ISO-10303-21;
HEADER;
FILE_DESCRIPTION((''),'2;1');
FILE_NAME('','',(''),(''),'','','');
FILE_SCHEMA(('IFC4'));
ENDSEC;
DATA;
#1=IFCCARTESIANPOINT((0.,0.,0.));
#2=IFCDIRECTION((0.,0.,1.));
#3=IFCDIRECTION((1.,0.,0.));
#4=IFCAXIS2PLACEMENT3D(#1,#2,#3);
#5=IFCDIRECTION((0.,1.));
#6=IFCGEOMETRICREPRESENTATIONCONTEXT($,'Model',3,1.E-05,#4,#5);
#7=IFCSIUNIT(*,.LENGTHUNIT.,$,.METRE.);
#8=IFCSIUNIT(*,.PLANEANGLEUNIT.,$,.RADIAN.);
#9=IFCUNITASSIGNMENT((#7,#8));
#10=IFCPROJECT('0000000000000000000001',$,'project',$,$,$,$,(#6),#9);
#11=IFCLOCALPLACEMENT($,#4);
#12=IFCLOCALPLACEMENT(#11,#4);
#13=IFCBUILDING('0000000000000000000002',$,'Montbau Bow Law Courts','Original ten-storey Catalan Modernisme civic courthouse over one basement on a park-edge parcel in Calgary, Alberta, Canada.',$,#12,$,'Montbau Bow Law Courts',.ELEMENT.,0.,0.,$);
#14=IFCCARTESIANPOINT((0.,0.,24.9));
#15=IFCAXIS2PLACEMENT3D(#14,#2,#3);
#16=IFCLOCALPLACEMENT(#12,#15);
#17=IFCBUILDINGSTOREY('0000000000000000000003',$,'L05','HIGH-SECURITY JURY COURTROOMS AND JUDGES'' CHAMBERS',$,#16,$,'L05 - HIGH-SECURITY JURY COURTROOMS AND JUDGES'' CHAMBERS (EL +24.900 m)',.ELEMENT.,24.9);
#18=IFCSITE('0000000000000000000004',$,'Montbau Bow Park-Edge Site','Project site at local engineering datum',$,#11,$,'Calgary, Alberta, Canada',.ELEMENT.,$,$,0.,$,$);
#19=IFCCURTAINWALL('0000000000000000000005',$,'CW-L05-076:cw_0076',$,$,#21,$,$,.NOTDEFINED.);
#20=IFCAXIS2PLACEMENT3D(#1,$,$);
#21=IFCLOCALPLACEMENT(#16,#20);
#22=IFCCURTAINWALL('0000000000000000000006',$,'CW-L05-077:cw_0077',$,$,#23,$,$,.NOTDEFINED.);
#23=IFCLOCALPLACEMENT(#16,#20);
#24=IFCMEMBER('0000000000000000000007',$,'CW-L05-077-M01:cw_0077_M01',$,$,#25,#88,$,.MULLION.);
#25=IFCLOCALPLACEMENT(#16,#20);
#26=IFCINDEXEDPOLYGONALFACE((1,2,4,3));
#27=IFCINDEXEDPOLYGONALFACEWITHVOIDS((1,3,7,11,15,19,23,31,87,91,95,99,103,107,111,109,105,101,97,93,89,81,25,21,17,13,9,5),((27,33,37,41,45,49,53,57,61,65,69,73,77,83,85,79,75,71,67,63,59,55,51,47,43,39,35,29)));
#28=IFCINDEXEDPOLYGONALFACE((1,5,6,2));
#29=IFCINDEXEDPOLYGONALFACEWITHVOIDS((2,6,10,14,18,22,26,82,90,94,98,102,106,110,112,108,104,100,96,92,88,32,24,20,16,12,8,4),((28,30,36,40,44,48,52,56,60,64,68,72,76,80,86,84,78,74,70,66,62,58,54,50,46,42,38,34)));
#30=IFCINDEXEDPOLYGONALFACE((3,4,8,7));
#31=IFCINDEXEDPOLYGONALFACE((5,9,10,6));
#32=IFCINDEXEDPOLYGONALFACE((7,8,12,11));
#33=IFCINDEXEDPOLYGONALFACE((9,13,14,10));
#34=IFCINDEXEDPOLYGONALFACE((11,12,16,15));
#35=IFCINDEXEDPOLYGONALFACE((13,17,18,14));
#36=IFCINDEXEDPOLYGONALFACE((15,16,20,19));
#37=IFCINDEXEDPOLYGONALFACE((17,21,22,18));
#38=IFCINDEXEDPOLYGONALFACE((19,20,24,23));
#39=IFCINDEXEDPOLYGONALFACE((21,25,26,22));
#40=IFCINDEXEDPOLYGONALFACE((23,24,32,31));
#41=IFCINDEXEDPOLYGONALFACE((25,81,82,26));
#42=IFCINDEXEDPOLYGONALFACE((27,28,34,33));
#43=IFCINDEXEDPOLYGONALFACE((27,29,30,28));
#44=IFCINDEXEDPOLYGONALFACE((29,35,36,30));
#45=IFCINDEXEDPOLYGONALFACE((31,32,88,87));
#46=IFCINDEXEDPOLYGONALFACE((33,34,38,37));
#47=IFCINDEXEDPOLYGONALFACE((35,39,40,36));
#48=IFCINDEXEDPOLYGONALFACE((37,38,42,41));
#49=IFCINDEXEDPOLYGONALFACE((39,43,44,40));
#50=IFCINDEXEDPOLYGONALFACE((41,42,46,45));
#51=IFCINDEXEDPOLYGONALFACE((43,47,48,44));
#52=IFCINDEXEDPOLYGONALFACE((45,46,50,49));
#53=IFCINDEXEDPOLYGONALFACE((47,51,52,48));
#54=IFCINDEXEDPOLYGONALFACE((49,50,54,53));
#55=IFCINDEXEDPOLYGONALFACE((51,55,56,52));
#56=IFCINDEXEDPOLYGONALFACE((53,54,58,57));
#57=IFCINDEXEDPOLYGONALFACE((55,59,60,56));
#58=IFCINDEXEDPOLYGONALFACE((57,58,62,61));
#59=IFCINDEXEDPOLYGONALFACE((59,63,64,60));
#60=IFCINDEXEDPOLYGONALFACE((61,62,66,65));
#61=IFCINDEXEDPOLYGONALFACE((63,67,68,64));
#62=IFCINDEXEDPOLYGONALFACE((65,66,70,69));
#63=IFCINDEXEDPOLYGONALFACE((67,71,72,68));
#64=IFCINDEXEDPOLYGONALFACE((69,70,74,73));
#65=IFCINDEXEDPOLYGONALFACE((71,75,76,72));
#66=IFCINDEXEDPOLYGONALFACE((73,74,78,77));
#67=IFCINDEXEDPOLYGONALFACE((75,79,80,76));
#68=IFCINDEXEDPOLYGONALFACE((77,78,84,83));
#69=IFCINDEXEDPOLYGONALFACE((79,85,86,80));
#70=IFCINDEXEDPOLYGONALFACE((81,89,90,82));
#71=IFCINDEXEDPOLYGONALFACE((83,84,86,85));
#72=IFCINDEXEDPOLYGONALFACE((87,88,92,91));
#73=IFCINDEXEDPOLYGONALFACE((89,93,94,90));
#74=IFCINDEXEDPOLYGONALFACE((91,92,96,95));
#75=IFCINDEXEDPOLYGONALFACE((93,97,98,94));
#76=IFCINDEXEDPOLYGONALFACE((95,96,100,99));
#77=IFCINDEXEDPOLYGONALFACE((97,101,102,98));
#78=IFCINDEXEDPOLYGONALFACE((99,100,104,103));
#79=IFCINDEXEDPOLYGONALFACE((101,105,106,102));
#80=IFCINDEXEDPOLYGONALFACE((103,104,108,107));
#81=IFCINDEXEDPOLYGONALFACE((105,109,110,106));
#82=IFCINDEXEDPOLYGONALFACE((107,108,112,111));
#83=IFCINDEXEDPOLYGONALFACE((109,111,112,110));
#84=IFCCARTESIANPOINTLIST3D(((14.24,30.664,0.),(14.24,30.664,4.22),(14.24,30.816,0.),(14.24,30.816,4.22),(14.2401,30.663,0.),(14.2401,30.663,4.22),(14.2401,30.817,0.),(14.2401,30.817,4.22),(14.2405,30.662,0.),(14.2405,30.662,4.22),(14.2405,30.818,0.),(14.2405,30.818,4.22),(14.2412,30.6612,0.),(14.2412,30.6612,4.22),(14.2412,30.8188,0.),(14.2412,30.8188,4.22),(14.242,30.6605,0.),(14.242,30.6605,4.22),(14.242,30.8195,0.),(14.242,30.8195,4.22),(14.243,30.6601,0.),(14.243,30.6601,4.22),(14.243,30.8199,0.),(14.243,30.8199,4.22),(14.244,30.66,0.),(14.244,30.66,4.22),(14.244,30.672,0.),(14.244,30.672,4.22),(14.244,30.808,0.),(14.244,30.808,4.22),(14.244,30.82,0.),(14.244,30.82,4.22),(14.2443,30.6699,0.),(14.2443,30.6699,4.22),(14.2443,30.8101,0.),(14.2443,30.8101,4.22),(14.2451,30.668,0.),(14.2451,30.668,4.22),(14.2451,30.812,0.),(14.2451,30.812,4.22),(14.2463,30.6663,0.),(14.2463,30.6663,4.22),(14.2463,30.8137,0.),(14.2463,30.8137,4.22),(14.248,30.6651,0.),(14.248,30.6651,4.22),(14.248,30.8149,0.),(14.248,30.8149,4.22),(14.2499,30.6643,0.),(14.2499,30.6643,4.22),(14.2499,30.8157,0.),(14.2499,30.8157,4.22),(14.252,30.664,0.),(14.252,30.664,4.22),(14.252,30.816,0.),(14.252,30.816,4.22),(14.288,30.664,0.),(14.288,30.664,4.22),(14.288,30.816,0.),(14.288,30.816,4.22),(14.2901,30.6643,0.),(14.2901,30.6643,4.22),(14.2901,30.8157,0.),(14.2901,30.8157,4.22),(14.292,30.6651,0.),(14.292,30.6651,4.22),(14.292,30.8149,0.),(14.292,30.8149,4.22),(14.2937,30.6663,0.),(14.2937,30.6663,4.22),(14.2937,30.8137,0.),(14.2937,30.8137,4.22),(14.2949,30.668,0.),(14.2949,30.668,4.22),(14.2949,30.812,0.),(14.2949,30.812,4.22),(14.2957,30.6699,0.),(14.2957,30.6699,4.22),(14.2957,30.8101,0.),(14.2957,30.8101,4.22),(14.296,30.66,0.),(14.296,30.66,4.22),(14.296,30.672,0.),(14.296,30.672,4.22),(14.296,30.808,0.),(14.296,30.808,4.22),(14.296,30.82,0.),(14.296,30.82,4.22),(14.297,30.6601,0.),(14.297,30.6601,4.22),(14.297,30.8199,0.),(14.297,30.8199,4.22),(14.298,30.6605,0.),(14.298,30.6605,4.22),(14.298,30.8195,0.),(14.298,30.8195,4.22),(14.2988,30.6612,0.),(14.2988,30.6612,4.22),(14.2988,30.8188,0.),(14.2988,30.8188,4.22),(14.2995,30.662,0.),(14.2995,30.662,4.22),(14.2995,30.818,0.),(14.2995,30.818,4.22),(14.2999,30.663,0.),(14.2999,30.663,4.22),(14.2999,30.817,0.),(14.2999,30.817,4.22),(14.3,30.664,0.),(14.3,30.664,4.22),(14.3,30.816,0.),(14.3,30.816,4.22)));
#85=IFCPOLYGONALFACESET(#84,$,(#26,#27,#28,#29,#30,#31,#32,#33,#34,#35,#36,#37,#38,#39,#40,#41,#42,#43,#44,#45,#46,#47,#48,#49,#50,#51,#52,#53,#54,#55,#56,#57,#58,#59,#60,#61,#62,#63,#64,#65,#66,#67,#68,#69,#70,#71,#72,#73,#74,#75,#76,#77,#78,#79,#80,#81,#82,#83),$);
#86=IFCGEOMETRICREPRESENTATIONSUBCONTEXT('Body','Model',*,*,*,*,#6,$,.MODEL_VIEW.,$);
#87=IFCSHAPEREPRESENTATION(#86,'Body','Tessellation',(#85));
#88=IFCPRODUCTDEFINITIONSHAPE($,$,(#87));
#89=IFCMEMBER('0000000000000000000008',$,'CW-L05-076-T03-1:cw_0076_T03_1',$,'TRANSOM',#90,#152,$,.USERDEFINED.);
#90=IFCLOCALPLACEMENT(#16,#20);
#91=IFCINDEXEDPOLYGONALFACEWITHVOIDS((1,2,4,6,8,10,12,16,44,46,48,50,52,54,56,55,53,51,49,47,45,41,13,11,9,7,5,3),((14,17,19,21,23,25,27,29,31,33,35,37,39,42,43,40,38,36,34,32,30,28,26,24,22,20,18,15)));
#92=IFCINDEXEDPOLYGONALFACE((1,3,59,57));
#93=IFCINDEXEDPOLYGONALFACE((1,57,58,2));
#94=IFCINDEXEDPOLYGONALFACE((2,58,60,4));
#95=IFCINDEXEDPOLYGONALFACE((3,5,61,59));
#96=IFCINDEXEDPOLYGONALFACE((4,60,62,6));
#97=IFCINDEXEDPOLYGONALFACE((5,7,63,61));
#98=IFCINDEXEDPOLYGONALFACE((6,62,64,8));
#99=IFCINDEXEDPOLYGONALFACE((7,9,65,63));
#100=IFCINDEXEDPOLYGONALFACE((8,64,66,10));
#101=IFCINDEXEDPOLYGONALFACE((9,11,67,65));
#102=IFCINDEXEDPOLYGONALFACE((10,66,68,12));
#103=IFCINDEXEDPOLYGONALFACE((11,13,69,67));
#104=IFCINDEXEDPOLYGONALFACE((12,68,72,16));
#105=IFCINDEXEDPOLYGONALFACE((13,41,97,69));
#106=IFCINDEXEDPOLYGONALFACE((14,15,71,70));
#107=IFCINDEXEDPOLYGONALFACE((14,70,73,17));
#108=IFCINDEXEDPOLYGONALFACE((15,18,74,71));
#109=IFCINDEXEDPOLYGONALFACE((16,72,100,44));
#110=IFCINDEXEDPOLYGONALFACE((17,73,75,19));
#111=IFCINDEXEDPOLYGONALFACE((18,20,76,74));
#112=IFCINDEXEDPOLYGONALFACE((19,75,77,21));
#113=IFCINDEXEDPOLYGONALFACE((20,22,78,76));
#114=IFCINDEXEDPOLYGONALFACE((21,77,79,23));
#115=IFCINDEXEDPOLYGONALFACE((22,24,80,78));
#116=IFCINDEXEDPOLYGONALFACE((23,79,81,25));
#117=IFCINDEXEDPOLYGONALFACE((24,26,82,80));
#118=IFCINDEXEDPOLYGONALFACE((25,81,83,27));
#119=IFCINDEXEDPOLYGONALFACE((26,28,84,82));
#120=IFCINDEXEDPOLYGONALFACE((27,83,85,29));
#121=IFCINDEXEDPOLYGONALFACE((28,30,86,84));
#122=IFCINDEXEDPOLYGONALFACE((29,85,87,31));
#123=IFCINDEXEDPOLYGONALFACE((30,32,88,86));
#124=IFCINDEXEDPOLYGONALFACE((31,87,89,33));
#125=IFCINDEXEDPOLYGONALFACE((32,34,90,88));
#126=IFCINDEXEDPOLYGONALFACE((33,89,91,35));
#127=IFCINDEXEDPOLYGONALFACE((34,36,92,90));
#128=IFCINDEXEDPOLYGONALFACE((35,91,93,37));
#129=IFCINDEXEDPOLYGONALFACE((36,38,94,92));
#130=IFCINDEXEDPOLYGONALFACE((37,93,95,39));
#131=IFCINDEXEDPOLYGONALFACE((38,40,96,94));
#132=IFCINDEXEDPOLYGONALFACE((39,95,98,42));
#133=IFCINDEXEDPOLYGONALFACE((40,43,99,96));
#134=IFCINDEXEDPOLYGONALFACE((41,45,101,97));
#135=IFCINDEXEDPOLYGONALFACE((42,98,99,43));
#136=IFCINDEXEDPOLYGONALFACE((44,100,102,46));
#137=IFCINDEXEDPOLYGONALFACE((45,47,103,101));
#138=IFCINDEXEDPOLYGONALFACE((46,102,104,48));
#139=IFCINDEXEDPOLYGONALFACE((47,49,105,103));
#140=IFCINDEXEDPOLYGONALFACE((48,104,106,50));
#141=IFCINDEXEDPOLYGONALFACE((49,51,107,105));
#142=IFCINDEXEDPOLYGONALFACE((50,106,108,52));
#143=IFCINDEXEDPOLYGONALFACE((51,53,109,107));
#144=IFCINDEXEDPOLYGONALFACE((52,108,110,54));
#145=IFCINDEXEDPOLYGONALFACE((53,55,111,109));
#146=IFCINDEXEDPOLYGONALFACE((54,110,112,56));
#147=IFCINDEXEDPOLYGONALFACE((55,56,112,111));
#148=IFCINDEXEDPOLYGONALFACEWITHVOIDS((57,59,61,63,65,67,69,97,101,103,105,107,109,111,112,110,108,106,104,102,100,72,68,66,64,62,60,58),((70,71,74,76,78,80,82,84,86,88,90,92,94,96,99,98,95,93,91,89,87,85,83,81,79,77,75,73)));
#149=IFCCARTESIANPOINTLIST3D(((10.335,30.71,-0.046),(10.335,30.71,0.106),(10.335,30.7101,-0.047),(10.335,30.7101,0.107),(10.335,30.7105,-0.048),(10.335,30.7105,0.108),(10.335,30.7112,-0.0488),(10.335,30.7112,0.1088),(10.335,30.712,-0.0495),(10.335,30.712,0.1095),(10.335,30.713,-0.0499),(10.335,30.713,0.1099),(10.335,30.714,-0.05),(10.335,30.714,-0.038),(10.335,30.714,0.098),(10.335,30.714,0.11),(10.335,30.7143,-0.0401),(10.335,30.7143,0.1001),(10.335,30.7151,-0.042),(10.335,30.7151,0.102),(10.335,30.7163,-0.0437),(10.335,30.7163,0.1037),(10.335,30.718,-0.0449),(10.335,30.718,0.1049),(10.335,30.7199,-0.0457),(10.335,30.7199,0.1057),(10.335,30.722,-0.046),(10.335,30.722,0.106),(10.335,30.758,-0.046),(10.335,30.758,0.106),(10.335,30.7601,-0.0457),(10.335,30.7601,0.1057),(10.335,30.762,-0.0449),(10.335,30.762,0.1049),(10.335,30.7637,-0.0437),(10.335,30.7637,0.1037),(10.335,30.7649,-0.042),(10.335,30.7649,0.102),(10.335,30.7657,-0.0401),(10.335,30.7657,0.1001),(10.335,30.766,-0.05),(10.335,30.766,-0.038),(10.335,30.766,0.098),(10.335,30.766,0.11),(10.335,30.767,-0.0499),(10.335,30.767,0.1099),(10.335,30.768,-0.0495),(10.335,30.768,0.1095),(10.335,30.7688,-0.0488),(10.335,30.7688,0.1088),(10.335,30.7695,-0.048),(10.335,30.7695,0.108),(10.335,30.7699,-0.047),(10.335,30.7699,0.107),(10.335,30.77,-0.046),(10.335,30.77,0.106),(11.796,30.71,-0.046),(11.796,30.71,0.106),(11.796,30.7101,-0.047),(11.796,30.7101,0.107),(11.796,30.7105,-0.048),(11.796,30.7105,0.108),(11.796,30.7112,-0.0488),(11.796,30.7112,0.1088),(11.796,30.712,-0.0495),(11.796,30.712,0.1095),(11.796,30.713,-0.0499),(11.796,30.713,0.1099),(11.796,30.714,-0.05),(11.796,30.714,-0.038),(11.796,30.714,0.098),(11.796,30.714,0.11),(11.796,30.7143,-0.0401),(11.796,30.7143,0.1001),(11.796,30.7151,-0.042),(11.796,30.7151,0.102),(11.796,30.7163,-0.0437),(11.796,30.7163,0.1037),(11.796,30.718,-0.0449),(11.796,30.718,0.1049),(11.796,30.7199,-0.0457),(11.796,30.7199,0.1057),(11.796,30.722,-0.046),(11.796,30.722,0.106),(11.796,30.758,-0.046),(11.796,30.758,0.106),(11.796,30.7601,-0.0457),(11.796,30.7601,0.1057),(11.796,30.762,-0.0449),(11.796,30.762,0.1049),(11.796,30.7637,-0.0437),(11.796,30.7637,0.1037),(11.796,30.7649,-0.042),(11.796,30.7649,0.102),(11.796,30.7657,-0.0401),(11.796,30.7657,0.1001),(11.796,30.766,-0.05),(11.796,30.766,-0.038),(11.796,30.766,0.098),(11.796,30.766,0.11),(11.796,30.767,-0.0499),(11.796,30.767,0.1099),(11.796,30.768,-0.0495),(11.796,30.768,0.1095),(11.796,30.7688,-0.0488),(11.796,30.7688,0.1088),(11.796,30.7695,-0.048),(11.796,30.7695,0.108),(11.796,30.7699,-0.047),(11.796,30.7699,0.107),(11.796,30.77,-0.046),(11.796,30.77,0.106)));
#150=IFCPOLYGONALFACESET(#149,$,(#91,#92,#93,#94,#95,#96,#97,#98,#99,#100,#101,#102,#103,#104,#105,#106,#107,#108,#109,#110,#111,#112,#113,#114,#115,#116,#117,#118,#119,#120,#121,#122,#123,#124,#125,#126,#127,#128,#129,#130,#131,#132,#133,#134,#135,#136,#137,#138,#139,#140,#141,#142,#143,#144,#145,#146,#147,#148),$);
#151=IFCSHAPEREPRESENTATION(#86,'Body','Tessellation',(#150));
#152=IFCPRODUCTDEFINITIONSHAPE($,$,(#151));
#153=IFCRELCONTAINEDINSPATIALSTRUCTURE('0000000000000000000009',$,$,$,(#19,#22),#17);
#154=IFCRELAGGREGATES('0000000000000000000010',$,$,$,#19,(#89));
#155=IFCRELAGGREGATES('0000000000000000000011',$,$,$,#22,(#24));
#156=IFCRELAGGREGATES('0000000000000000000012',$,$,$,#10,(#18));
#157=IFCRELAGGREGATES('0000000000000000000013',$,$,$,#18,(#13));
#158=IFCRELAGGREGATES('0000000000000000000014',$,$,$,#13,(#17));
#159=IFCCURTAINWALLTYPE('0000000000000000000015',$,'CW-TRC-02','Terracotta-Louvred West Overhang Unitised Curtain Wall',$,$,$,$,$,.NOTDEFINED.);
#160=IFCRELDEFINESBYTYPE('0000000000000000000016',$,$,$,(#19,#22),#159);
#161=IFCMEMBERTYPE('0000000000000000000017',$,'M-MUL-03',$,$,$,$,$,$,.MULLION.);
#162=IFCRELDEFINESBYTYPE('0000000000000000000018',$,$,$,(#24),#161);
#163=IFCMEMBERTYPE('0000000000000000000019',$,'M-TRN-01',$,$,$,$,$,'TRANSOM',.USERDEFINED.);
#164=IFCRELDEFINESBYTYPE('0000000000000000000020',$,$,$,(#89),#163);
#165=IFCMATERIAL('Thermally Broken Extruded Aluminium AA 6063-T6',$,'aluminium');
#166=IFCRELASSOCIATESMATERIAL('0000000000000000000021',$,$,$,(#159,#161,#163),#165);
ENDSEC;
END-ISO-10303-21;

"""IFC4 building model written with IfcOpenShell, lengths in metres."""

from ifc_helpers import new_model, si_unit, direction, frame, origin_with_axes, origin_2d_with_axis, place, context, subcontext, project, spatial, hollow_rectangle, extrude, material, material_profile, profile_set, type_object, element, aggregate, save


model = new_model("IFC4")

# Units and contexts
model_context = context("Model", 3, precision=1e-05, world=origin_with_axes(), true_north=direction((0.0, 1.0)))
body_context = subcontext(model_context, "Body", "Model", "MODEL_VIEW")
ifc_project = project(units=[si_unit("LENGTHUNIT", "METRE"), si_unit("PLANEANGLEUNIT", "RADIAN")], contexts=[model_context])

# Site, building, storey
site_placement = place(None, origin_with_axes())
site = spatial("IfcSite", under=ifc_project, at=site_placement, Name="Montbau Bow Park-Edge Site", Description="Project site at local engineering datum", LongName="Calgary, Alberta, Canada", CompositionType="ELEMENT", RefElevation=0.0)
building_placement = place(site_placement, origin_with_axes())
building = spatial("IfcBuilding", under=site, at=building_placement, Name="Montbau Bow Law Courts", Description="Original ten-storey Catalan Modernisme civic courthouse over one basement on a park-edge parcel in Calgary, Alberta, Canada.", LongName="Montbau Bow Law Courts", CompositionType="ELEMENT", ElevationOfRefHeight=0.0, ElevationOfTerrain=0.0)
storey_placement = place(building_placement, frame((0.0, 0.0, 24.9), z_axis=(0.0, 0.0, 1.0), x_axis=(1.0, 0.0, 0.0)))
storey = spatial("IfcBuildingStorey", under=building, at=storey_placement, Name="L05", Description="HIGH-SECURITY JURY COURTROOMS AND JUDGES' CHAMBERS", LongName="L05 - HIGH-SECURITY JURY COURTROOMS AND JUDGES' CHAMBERS (EL +24.900 m)", CompositionType="ELEMENT", Elevation=24.9)

# Curtain wall
ifc_material_1 = material(Name="Thermally Broken Extruded Aluminium AA 6063-T6", Category="aluminium")
curtain_wall_type = type_object("IfcCurtainWallType", Name="CW-TRC-02", Description="Terracotta-Louvred West Overhang Unitised Curtain Wall", PredefinedType="NOTDEFINED", material=ifc_material_1)
curtain_wall_1_placement = place(None, frame((7.24, 30.74, 24.9), z_axis=(0.0, 0.0, 1.0), x_axis=(1.0, 0.0, 0.0)))
curtain_wall_1 = element("IfcCurtainWall", 1, at=curtain_wall_1_placement, inside=storey, type_object=curtain_wall_type, Name="CW-L05-076:cw_0076", PredefinedType="NOTDEFINED")

# Curtain wall, member
curtain_wall_2_placement = place(None, frame((14.24, 30.74, 24.9), z_axis=(0.0, 0.0, 1.0), x_axis=(1.0, 0.0, 0.0)))
curtain_wall_2 = element("IfcCurtainWall", 2, at=curtain_wall_2_placement, inside=storey, type_object=curtain_wall_type, Name="CW-L05-077:cw_0077", PredefinedType="NOTDEFINED")
ifc_material_profile_1 = material_profile(ifc_material_1, hollow_rectangle(XDim=0.06, YDim=0.16, WallThickness=0.004, InnerFilletRadius=0.008, OuterFilletRadius=0.004, at=origin_2d_with_axis()), Name="CWM-160X60", Category="Main", Priority=0)
ifc_profile_set_1 = profile_set([ifc_material_profile_1], Name="Thermally Broken Extruded Aluminium AA 6063-T6")
member_type_1 = type_object("IfcMemberType", Name="M-MUL-03", PredefinedType="MULLION", material=ifc_profile_set_1)
member_1_placement = place(None, frame((14.27, 30.74, 24.9), z_axis=(0.0, 0.0, 1.0), x_axis=(1.0, 0.0, 0.0)))
member_1 = element("IfcMember", 3, at=member_1_placement, type_object=member_type_1, Name="CW-L05-077-M01:cw_0077_M01", PredefinedType="MULLION", context=body_context, shape_type="SweptSolid", body=[
    extrude(hollow_rectangle(XDim=0.06, YDim=0.16, WallThickness=0.004, InnerFilletRadius=0.008, OuterFilletRadius=0.004, at=origin_2d_with_axis()), origin_with_axes(), (0.0, 0.0, 1.0), 4.22),
])

# Member
ifc_material_profile_2 = material_profile(ifc_material_1, hollow_rectangle(XDim=0.06, YDim=0.16, WallThickness=0.004, InnerFilletRadius=0.008, OuterFilletRadius=0.004, at=origin_2d_with_axis()), Name="CWT-160X60", Category="Main", Priority=0)
ifc_profile_set_2 = profile_set([ifc_material_profile_2], Name="Thermally Broken Extruded Aluminium AA 6063-T6")
member_type_2 = type_object("IfcMemberType", Name="M-TRN-01", ElementType="TRANSOM", PredefinedType="USERDEFINED", material=ifc_profile_set_2)
member_2_placement = place(None, frame((10.335, 30.74, 24.93), z_axis=(1.0, 0.0, 0.0), x_axis=(0.0, 1.0, 0.0)))
member_2 = element("IfcMember", 4, at=member_2_placement, type_object=member_type_2, Name="CW-L05-076-T03-1:cw_0076_T03_1", ObjectType="TRANSOM", PredefinedType="USERDEFINED", context=body_context, shape_type="SweptSolid", body=[
    extrude(hollow_rectangle(XDim=0.06, YDim=0.16, WallThickness=0.004, InnerFilletRadius=0.008, OuterFilletRadius=0.004, at=origin_2d_with_axis()), origin_with_axes(), (0.0, 0.0, 1.0), 1.461),
])

aggregate(curtain_wall_1, [member_2])
aggregate(curtain_wall_2, [member_1])

save(model, "model.ifc")
